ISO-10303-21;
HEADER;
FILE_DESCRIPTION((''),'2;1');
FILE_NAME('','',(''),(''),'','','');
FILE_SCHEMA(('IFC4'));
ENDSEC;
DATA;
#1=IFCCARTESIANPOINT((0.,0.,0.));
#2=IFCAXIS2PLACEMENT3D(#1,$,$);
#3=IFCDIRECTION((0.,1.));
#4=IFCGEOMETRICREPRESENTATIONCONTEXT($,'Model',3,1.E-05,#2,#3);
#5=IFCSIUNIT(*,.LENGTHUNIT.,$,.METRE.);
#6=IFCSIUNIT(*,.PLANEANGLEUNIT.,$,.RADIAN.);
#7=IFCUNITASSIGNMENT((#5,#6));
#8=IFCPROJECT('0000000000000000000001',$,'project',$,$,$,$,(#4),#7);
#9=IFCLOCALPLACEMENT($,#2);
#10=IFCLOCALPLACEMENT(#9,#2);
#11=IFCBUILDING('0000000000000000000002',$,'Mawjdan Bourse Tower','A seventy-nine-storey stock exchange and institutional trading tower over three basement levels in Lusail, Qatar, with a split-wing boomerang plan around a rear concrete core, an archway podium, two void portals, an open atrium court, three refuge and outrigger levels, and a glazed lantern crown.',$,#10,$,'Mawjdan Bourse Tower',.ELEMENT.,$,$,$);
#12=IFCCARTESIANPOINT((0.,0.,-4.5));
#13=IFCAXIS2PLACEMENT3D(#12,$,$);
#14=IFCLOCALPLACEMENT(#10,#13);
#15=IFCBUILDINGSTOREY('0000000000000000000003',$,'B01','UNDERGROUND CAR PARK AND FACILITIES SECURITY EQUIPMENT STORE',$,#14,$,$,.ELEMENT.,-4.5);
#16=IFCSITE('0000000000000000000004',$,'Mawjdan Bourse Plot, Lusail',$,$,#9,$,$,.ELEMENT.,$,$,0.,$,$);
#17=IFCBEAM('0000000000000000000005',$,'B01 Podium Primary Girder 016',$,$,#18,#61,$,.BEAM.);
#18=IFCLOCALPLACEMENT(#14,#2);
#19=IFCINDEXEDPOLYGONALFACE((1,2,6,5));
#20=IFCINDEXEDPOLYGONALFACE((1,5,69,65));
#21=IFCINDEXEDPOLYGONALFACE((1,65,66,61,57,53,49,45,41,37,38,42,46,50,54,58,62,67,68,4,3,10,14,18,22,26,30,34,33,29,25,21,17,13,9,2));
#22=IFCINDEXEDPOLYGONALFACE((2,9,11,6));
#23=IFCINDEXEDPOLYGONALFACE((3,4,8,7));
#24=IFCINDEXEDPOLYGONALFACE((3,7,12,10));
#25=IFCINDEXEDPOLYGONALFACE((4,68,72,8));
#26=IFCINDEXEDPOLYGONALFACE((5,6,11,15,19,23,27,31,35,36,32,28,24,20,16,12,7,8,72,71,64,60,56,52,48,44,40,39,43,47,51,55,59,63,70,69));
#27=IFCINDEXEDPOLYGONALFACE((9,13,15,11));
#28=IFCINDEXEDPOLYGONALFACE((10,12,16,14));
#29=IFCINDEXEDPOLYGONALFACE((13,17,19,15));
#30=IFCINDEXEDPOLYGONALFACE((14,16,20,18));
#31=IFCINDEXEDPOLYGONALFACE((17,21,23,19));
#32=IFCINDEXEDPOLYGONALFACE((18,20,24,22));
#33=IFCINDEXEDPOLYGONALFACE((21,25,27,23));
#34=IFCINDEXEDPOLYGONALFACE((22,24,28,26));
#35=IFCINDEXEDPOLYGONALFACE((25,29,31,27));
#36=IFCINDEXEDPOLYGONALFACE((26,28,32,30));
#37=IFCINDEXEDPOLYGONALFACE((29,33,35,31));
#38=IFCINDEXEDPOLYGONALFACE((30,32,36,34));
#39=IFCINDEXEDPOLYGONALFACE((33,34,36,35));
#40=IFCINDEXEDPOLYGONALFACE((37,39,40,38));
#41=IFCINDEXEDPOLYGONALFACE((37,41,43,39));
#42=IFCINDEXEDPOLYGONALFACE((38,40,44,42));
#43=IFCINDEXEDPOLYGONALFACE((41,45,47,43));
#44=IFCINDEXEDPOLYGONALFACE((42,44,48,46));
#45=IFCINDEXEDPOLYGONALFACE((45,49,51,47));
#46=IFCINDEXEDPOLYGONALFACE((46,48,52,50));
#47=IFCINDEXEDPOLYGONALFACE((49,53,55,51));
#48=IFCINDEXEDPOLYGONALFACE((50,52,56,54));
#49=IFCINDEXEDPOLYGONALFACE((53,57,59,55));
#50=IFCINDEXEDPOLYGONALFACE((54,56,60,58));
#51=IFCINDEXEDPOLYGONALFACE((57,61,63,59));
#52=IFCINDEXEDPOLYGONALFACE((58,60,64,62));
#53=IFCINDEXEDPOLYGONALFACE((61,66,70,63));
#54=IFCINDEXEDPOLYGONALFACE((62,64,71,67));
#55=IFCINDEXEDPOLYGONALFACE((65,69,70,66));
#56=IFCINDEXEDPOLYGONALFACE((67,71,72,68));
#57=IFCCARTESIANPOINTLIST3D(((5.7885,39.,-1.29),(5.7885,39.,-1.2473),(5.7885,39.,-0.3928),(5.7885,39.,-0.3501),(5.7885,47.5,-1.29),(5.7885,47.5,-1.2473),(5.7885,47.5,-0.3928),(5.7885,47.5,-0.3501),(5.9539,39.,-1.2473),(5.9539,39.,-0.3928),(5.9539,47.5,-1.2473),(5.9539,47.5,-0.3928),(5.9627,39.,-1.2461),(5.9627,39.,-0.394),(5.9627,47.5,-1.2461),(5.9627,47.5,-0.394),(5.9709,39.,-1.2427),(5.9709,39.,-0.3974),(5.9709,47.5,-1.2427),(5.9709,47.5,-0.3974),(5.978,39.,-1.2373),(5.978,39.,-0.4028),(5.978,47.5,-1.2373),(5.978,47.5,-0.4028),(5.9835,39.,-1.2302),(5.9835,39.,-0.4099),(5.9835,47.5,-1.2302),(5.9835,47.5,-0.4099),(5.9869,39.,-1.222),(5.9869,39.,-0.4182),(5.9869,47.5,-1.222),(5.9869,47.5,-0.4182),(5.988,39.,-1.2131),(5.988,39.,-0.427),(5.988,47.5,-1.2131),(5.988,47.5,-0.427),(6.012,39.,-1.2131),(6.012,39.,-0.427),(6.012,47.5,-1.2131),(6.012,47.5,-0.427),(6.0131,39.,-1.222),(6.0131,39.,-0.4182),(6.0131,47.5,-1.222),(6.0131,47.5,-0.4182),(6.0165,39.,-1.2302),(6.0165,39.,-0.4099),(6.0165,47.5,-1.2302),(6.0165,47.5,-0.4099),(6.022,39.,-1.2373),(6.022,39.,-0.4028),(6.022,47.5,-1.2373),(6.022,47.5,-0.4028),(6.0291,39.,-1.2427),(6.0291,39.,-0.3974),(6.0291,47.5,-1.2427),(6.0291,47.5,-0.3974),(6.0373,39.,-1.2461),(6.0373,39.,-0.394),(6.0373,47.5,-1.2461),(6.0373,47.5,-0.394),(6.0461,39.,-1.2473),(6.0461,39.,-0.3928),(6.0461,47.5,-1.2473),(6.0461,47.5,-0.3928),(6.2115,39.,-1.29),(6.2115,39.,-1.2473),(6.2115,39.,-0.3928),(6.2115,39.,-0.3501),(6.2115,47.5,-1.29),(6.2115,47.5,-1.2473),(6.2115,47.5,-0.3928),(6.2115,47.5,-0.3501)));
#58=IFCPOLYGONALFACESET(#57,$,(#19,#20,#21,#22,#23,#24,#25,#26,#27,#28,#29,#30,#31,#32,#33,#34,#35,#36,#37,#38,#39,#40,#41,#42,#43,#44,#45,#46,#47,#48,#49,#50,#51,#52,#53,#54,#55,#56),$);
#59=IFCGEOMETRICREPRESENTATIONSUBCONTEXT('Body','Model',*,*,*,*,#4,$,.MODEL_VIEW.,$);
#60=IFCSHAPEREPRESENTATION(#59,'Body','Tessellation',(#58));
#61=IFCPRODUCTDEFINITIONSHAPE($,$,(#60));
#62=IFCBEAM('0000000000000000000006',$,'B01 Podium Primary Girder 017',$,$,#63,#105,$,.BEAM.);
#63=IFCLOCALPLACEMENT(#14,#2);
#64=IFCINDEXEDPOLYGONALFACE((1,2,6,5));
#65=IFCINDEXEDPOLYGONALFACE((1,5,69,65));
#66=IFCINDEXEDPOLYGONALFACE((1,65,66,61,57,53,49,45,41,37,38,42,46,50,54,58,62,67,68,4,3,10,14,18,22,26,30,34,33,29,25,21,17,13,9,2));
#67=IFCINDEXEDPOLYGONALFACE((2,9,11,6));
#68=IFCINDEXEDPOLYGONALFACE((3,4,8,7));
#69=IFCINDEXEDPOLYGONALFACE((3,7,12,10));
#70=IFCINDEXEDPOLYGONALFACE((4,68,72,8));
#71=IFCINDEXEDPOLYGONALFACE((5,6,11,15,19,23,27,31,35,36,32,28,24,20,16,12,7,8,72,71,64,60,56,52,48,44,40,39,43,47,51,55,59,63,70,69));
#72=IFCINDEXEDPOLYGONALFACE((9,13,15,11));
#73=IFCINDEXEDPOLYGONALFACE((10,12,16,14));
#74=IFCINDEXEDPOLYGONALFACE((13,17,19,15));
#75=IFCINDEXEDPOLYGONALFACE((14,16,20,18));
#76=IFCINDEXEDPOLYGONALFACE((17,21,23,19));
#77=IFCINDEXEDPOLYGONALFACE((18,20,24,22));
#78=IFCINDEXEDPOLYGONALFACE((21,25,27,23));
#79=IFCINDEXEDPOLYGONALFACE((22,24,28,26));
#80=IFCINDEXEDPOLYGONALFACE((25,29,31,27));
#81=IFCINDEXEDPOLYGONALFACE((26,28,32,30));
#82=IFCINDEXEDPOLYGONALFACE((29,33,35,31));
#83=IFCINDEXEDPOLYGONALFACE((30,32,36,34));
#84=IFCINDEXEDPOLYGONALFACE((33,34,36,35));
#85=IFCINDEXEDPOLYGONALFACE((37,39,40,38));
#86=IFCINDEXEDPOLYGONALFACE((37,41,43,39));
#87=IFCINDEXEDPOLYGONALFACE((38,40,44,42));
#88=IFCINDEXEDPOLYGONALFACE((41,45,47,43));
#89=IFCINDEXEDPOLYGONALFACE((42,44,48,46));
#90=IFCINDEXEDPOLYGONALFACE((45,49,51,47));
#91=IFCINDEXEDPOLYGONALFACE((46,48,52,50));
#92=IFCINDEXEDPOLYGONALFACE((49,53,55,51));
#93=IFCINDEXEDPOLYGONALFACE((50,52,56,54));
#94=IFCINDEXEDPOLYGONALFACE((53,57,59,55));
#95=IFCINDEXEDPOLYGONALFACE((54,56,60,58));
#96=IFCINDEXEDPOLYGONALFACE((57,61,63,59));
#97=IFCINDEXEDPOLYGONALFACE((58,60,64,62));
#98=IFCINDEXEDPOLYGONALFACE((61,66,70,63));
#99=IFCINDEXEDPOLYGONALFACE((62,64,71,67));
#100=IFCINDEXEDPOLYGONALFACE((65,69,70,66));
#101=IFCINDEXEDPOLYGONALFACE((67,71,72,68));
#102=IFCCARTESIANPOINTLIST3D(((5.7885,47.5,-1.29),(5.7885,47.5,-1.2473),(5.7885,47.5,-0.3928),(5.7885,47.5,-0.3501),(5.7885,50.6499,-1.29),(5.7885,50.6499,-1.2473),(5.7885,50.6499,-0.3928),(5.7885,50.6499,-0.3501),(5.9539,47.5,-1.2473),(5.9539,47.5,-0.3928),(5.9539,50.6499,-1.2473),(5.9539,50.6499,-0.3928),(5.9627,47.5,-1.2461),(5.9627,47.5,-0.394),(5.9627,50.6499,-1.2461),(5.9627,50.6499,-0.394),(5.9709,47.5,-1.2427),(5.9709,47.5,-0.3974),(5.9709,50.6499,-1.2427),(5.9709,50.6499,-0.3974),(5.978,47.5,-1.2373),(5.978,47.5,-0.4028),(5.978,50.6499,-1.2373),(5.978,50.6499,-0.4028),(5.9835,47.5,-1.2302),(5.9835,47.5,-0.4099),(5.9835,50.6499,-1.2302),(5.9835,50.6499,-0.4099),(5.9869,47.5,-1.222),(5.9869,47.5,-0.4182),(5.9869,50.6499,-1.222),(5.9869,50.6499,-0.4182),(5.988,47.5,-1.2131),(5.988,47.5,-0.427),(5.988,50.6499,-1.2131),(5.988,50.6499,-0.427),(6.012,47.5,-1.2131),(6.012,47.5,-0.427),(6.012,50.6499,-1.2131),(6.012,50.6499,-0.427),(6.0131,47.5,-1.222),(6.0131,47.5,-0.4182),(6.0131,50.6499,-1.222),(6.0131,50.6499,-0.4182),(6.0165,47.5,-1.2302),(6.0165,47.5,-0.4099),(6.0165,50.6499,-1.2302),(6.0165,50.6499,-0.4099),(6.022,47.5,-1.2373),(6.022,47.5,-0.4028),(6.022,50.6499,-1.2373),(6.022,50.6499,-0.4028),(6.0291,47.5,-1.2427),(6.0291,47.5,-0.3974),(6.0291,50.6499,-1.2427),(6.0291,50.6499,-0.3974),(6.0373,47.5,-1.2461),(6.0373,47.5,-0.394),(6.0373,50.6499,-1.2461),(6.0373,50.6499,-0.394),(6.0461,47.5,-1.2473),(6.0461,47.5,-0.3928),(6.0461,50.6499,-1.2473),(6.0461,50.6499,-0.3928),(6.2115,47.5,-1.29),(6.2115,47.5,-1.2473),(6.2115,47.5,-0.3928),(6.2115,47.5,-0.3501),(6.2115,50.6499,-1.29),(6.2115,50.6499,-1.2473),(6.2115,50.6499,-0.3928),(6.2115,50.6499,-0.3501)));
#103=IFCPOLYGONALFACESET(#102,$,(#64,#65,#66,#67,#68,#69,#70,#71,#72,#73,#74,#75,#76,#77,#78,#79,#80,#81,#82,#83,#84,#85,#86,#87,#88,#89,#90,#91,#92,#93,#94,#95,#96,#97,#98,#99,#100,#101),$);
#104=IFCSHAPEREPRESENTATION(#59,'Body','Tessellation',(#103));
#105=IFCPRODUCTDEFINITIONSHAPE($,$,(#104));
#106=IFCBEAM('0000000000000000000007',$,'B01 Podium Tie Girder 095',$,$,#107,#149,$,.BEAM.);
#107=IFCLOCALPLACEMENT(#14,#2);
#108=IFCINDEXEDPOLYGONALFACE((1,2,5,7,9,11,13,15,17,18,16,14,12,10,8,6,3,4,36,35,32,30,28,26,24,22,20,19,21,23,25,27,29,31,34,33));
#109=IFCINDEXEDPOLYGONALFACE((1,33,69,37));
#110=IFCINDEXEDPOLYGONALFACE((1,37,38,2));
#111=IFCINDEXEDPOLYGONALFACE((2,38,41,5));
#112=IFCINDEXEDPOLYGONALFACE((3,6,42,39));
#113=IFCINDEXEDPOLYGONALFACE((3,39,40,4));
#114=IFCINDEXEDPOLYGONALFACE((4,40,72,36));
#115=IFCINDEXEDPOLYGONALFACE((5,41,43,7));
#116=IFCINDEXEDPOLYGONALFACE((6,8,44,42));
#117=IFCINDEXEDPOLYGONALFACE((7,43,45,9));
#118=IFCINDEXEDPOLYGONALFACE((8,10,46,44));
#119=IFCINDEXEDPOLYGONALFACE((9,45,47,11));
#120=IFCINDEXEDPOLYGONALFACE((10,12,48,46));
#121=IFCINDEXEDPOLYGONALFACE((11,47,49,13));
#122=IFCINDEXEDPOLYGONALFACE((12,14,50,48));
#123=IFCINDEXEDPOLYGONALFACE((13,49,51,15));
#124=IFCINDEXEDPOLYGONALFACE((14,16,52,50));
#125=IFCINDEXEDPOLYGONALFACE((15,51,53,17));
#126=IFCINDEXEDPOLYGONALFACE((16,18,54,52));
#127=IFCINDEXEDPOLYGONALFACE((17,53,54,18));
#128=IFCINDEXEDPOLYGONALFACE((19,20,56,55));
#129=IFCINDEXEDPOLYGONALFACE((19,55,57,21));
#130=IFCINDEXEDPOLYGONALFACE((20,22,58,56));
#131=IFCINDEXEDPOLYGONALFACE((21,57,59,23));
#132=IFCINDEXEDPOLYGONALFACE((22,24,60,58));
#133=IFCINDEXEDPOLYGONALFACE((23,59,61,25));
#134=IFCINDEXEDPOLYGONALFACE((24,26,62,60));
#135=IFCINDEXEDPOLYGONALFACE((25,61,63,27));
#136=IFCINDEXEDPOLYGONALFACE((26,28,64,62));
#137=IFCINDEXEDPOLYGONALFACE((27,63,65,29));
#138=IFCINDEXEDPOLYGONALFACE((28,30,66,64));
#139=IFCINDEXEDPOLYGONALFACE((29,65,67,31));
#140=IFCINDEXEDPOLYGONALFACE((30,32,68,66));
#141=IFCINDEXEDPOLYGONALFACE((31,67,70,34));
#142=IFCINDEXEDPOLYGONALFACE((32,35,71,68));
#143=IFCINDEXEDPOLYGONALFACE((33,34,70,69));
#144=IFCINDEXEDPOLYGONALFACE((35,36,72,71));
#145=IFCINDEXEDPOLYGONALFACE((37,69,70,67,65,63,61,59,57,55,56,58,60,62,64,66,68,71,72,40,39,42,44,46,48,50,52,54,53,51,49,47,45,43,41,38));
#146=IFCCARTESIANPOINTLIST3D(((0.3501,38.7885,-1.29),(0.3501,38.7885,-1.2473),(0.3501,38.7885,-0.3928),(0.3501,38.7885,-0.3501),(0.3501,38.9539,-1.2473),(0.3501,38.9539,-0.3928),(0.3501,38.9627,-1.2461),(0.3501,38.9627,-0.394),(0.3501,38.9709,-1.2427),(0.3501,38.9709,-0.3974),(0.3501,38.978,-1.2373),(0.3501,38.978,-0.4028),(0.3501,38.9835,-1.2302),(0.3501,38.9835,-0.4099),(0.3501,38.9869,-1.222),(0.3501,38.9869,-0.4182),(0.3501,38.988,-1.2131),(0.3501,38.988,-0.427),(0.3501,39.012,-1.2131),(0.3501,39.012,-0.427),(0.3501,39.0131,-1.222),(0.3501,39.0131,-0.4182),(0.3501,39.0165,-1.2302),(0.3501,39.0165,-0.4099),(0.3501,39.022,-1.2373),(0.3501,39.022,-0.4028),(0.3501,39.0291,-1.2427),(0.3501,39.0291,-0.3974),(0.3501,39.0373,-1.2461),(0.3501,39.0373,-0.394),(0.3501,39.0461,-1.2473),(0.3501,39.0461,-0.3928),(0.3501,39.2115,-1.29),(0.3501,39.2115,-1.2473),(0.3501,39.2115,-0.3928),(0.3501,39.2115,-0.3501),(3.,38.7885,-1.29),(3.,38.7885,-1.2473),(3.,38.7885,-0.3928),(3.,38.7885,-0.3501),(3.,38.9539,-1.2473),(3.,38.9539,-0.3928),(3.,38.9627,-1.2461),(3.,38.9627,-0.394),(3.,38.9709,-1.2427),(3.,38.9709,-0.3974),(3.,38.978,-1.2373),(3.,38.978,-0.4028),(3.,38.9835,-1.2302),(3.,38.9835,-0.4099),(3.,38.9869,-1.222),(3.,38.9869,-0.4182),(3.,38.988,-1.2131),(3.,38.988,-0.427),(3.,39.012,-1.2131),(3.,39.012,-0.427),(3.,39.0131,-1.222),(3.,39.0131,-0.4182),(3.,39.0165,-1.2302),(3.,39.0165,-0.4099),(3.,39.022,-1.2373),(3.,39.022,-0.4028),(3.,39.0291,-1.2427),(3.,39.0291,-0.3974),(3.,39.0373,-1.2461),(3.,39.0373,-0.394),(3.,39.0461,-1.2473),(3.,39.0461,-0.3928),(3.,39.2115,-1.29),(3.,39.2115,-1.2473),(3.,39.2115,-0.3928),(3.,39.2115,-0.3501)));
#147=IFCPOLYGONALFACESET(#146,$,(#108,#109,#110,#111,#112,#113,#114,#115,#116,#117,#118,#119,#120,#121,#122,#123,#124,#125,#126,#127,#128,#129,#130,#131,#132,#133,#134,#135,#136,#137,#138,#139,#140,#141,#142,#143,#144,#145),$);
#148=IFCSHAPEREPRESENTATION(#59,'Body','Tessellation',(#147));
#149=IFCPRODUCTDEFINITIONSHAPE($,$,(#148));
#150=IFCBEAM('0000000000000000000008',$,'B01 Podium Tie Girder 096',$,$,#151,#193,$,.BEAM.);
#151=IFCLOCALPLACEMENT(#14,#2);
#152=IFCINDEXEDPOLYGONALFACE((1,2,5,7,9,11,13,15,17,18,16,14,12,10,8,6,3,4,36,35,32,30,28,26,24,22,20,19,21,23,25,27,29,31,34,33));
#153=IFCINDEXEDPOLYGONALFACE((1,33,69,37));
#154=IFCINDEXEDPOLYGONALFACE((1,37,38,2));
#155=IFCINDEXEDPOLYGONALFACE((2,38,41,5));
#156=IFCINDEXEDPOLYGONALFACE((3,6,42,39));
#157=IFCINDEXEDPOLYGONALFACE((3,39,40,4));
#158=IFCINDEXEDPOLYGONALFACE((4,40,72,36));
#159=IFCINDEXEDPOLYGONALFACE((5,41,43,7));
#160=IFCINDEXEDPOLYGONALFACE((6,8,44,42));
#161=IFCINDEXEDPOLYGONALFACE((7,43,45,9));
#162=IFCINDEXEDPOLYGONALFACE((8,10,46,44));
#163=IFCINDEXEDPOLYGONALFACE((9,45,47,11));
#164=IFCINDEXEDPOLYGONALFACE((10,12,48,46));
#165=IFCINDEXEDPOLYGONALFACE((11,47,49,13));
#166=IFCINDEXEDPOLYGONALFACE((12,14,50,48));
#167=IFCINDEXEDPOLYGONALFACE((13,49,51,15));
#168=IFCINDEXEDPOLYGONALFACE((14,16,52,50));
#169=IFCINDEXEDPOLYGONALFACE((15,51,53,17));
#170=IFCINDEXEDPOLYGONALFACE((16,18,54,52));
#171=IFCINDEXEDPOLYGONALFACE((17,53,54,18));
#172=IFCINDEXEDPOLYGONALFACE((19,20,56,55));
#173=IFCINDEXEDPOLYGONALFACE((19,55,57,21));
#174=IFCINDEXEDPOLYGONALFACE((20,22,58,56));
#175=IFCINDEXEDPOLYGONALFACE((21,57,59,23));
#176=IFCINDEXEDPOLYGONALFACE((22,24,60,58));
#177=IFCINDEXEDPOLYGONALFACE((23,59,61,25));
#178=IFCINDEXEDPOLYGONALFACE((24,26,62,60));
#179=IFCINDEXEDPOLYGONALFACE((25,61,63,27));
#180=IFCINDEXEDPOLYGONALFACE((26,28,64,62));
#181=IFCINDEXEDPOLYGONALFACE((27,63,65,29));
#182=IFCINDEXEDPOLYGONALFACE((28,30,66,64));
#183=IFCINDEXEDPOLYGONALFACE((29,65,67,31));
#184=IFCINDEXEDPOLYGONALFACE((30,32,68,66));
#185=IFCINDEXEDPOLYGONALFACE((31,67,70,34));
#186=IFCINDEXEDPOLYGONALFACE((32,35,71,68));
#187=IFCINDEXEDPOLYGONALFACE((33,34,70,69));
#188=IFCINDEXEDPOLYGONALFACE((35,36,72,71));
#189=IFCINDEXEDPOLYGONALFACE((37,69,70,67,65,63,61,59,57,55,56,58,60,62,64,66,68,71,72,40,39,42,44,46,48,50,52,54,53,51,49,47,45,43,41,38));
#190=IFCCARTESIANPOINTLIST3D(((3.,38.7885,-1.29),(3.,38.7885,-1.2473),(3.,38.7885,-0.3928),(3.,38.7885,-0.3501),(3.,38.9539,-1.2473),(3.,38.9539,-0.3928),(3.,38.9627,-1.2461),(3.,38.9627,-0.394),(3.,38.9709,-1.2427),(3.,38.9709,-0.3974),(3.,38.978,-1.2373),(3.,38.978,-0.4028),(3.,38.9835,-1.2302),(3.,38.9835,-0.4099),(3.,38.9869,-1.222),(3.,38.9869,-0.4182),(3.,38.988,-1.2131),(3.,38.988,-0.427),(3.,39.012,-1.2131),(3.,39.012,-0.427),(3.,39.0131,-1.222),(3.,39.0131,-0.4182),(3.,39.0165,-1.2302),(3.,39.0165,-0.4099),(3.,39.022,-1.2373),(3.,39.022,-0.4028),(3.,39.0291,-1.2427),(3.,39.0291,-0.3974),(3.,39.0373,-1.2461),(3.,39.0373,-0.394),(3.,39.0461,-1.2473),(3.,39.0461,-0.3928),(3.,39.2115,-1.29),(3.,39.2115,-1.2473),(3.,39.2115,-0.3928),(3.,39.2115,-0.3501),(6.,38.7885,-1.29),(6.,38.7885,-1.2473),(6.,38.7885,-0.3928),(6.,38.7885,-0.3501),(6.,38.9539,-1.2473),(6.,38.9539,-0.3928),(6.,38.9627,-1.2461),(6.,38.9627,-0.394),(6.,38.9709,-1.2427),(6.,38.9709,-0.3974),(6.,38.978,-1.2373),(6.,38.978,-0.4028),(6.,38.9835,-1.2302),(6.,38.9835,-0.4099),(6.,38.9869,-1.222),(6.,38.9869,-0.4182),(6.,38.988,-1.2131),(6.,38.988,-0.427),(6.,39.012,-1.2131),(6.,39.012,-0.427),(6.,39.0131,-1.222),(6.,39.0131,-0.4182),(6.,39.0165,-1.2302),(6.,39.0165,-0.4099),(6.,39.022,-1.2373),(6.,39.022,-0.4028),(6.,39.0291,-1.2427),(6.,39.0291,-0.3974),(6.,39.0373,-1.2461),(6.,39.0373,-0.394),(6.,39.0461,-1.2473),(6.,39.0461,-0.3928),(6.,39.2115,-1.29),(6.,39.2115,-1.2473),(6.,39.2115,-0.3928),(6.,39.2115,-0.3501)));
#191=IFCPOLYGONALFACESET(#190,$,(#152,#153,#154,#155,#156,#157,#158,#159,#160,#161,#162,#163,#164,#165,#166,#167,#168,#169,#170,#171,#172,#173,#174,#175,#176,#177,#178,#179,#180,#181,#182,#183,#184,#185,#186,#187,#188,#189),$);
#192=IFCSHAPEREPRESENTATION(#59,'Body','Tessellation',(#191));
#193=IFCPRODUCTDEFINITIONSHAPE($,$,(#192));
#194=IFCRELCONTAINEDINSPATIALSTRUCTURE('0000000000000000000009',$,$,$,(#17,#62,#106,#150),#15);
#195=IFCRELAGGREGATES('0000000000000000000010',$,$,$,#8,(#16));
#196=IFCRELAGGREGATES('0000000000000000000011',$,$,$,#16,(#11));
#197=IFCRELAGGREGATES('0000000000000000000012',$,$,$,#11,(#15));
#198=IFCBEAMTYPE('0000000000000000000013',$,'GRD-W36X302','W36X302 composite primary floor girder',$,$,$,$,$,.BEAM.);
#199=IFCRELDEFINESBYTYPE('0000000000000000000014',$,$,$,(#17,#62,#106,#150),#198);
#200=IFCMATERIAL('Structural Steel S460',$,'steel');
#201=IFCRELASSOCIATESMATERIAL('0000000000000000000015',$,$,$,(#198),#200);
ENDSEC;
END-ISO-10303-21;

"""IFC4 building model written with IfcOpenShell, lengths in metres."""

from ifc_helpers import new_model, si_unit, direction, frame, origin, origin_2d, place, context, subcontext, project, spatial, i_section, extrude, material, material_profile, profile_set, type_object, element, save


model = new_model("IFC4")

# Units and contexts
model_context = context("Model", 3, precision=1e-05, world=origin(), true_north=direction((0.0, 1.0)))
body_context = subcontext(model_context, "Body", "Model", "MODEL_VIEW")
ifc_project = project(units=[si_unit("LENGTHUNIT", "METRE"), si_unit("PLANEANGLEUNIT", "RADIAN")], contexts=[model_context])

# Site, building, storey
site_placement = place(None, origin())
site = spatial("IfcSite", under=ifc_project, at=site_placement, Name="Mawjdan Bourse Plot, Lusail", CompositionType="ELEMENT", RefElevation=0.0)
building_placement = place(site_placement, origin())
building = spatial("IfcBuilding", under=site, at=building_placement, Name="Mawjdan Bourse Tower", Description="A seventy-nine-storey stock exchange and institutional trading tower over three basement levels in Lusail, Qatar, with a split-wing boomerang plan around a rear concrete core, an archway podium, two void portals, an open atrium court, three refuge and outrigger levels, and a glazed lantern crown.", LongName="Mawjdan Bourse Tower", CompositionType="ELEMENT")
storey_placement = place(building_placement, frame((0.0, 0.0, -4.5)))
storey = spatial("IfcBuildingStorey", under=building, at=storey_placement, Name="B01", Description="UNDERGROUND CAR PARK AND FACILITIES SECURITY EQUIPMENT STORE", CompositionType="ELEMENT", Elevation=-4.5)

# Beams
ifc_material_1 = material(Name="Structural Steel S460", Category="steel")
ifc_material_profile_1 = material_profile(ifc_material_1, i_section(OverallWidth=0.4231, OverallDepth=0.9399, WebThickness=0.0239, FlangeThickness=0.0427, FilletRadius=0.0342, at=origin_2d()), Name="W36X302")
ifc_profile_set_1 = profile_set([ifc_material_profile_1], Name="Structural Steel S460")
beam_type_1 = type_object("IfcBeamType", Name="GRD-W36X302", Description="W36X302 composite primary floor girder", PredefinedType="BEAM", material=ifc_profile_set_1)
beam_1_placement = place(storey_placement, frame((6.0, 39.0, -0.8201), z_axis=(0.0, 1.0, 0.0), x_axis=(-1.0, 0.0, 0.0)))
element("IfcBeam", 1, at=beam_1_placement, inside=storey, type_object=beam_type_1, Name="B01 Podium Primary Girder 016", PredefinedType="BEAM", context=body_context, shape_type="SweptSolid", body=[
    extrude(i_section(OverallWidth=0.4231, OverallDepth=0.9399, WebThickness=0.0239, FlangeThickness=0.0427, FilletRadius=0.0342, at=origin_2d()), origin(), (0.0, 0.0, 1.0), 8.5),
])
beam_2_placement = place(storey_placement, frame((6.0, 47.5, -0.8201), z_axis=(0.0, 1.0, 0.0), x_axis=(-1.0, 0.0, 0.0)))
element("IfcBeam", 2, at=beam_2_placement, inside=storey, type_object=beam_type_1, Name="B01 Podium Primary Girder 017", PredefinedType="BEAM", context=body_context, shape_type="SweptSolid", body=[
    extrude(i_section(OverallWidth=0.4231, OverallDepth=0.9399, WebThickness=0.0239, FlangeThickness=0.0427, FilletRadius=0.0342, at=origin_2d()), origin(), (0.0, 0.0, 1.0), 3.1499),
])
beam_3_placement = place(storey_placement, frame((0.3501, 39.0, -0.8201), z_axis=(1.0, 0.0, 0.0), x_axis=(0.0, 1.0, 0.0)))
element("IfcBeam", 3, at=beam_3_placement, inside=storey, type_object=beam_type_1, Name="B01 Podium Tie Girder 095", PredefinedType="BEAM", context=body_context, shape_type="SweptSolid", body=[
    extrude(i_section(OverallWidth=0.4231, OverallDepth=0.9399, WebThickness=0.0239, FlangeThickness=0.0427, FilletRadius=0.0342, at=origin_2d()), origin(), (0.0, 0.0, 1.0), 2.6499),
])
beam_4_placement = place(storey_placement, frame((3.0, 39.0, -0.8201), z_axis=(1.0, 0.0, 0.0), x_axis=(0.0, 1.0, 0.0)))
element("IfcBeam", 4, at=beam_4_placement, inside=storey, type_object=beam_type_1, Name="B01 Podium Tie Girder 096", PredefinedType="BEAM", context=body_context, shape_type="SweptSolid", body=[
    extrude(i_section(OverallWidth=0.4231, OverallDepth=0.9399, WebThickness=0.0239, FlangeThickness=0.0427, FilletRadius=0.0342, at=origin_2d()), origin(), (0.0, 0.0, 1.0), 3.0),
])

save(model, "model.ifc")
